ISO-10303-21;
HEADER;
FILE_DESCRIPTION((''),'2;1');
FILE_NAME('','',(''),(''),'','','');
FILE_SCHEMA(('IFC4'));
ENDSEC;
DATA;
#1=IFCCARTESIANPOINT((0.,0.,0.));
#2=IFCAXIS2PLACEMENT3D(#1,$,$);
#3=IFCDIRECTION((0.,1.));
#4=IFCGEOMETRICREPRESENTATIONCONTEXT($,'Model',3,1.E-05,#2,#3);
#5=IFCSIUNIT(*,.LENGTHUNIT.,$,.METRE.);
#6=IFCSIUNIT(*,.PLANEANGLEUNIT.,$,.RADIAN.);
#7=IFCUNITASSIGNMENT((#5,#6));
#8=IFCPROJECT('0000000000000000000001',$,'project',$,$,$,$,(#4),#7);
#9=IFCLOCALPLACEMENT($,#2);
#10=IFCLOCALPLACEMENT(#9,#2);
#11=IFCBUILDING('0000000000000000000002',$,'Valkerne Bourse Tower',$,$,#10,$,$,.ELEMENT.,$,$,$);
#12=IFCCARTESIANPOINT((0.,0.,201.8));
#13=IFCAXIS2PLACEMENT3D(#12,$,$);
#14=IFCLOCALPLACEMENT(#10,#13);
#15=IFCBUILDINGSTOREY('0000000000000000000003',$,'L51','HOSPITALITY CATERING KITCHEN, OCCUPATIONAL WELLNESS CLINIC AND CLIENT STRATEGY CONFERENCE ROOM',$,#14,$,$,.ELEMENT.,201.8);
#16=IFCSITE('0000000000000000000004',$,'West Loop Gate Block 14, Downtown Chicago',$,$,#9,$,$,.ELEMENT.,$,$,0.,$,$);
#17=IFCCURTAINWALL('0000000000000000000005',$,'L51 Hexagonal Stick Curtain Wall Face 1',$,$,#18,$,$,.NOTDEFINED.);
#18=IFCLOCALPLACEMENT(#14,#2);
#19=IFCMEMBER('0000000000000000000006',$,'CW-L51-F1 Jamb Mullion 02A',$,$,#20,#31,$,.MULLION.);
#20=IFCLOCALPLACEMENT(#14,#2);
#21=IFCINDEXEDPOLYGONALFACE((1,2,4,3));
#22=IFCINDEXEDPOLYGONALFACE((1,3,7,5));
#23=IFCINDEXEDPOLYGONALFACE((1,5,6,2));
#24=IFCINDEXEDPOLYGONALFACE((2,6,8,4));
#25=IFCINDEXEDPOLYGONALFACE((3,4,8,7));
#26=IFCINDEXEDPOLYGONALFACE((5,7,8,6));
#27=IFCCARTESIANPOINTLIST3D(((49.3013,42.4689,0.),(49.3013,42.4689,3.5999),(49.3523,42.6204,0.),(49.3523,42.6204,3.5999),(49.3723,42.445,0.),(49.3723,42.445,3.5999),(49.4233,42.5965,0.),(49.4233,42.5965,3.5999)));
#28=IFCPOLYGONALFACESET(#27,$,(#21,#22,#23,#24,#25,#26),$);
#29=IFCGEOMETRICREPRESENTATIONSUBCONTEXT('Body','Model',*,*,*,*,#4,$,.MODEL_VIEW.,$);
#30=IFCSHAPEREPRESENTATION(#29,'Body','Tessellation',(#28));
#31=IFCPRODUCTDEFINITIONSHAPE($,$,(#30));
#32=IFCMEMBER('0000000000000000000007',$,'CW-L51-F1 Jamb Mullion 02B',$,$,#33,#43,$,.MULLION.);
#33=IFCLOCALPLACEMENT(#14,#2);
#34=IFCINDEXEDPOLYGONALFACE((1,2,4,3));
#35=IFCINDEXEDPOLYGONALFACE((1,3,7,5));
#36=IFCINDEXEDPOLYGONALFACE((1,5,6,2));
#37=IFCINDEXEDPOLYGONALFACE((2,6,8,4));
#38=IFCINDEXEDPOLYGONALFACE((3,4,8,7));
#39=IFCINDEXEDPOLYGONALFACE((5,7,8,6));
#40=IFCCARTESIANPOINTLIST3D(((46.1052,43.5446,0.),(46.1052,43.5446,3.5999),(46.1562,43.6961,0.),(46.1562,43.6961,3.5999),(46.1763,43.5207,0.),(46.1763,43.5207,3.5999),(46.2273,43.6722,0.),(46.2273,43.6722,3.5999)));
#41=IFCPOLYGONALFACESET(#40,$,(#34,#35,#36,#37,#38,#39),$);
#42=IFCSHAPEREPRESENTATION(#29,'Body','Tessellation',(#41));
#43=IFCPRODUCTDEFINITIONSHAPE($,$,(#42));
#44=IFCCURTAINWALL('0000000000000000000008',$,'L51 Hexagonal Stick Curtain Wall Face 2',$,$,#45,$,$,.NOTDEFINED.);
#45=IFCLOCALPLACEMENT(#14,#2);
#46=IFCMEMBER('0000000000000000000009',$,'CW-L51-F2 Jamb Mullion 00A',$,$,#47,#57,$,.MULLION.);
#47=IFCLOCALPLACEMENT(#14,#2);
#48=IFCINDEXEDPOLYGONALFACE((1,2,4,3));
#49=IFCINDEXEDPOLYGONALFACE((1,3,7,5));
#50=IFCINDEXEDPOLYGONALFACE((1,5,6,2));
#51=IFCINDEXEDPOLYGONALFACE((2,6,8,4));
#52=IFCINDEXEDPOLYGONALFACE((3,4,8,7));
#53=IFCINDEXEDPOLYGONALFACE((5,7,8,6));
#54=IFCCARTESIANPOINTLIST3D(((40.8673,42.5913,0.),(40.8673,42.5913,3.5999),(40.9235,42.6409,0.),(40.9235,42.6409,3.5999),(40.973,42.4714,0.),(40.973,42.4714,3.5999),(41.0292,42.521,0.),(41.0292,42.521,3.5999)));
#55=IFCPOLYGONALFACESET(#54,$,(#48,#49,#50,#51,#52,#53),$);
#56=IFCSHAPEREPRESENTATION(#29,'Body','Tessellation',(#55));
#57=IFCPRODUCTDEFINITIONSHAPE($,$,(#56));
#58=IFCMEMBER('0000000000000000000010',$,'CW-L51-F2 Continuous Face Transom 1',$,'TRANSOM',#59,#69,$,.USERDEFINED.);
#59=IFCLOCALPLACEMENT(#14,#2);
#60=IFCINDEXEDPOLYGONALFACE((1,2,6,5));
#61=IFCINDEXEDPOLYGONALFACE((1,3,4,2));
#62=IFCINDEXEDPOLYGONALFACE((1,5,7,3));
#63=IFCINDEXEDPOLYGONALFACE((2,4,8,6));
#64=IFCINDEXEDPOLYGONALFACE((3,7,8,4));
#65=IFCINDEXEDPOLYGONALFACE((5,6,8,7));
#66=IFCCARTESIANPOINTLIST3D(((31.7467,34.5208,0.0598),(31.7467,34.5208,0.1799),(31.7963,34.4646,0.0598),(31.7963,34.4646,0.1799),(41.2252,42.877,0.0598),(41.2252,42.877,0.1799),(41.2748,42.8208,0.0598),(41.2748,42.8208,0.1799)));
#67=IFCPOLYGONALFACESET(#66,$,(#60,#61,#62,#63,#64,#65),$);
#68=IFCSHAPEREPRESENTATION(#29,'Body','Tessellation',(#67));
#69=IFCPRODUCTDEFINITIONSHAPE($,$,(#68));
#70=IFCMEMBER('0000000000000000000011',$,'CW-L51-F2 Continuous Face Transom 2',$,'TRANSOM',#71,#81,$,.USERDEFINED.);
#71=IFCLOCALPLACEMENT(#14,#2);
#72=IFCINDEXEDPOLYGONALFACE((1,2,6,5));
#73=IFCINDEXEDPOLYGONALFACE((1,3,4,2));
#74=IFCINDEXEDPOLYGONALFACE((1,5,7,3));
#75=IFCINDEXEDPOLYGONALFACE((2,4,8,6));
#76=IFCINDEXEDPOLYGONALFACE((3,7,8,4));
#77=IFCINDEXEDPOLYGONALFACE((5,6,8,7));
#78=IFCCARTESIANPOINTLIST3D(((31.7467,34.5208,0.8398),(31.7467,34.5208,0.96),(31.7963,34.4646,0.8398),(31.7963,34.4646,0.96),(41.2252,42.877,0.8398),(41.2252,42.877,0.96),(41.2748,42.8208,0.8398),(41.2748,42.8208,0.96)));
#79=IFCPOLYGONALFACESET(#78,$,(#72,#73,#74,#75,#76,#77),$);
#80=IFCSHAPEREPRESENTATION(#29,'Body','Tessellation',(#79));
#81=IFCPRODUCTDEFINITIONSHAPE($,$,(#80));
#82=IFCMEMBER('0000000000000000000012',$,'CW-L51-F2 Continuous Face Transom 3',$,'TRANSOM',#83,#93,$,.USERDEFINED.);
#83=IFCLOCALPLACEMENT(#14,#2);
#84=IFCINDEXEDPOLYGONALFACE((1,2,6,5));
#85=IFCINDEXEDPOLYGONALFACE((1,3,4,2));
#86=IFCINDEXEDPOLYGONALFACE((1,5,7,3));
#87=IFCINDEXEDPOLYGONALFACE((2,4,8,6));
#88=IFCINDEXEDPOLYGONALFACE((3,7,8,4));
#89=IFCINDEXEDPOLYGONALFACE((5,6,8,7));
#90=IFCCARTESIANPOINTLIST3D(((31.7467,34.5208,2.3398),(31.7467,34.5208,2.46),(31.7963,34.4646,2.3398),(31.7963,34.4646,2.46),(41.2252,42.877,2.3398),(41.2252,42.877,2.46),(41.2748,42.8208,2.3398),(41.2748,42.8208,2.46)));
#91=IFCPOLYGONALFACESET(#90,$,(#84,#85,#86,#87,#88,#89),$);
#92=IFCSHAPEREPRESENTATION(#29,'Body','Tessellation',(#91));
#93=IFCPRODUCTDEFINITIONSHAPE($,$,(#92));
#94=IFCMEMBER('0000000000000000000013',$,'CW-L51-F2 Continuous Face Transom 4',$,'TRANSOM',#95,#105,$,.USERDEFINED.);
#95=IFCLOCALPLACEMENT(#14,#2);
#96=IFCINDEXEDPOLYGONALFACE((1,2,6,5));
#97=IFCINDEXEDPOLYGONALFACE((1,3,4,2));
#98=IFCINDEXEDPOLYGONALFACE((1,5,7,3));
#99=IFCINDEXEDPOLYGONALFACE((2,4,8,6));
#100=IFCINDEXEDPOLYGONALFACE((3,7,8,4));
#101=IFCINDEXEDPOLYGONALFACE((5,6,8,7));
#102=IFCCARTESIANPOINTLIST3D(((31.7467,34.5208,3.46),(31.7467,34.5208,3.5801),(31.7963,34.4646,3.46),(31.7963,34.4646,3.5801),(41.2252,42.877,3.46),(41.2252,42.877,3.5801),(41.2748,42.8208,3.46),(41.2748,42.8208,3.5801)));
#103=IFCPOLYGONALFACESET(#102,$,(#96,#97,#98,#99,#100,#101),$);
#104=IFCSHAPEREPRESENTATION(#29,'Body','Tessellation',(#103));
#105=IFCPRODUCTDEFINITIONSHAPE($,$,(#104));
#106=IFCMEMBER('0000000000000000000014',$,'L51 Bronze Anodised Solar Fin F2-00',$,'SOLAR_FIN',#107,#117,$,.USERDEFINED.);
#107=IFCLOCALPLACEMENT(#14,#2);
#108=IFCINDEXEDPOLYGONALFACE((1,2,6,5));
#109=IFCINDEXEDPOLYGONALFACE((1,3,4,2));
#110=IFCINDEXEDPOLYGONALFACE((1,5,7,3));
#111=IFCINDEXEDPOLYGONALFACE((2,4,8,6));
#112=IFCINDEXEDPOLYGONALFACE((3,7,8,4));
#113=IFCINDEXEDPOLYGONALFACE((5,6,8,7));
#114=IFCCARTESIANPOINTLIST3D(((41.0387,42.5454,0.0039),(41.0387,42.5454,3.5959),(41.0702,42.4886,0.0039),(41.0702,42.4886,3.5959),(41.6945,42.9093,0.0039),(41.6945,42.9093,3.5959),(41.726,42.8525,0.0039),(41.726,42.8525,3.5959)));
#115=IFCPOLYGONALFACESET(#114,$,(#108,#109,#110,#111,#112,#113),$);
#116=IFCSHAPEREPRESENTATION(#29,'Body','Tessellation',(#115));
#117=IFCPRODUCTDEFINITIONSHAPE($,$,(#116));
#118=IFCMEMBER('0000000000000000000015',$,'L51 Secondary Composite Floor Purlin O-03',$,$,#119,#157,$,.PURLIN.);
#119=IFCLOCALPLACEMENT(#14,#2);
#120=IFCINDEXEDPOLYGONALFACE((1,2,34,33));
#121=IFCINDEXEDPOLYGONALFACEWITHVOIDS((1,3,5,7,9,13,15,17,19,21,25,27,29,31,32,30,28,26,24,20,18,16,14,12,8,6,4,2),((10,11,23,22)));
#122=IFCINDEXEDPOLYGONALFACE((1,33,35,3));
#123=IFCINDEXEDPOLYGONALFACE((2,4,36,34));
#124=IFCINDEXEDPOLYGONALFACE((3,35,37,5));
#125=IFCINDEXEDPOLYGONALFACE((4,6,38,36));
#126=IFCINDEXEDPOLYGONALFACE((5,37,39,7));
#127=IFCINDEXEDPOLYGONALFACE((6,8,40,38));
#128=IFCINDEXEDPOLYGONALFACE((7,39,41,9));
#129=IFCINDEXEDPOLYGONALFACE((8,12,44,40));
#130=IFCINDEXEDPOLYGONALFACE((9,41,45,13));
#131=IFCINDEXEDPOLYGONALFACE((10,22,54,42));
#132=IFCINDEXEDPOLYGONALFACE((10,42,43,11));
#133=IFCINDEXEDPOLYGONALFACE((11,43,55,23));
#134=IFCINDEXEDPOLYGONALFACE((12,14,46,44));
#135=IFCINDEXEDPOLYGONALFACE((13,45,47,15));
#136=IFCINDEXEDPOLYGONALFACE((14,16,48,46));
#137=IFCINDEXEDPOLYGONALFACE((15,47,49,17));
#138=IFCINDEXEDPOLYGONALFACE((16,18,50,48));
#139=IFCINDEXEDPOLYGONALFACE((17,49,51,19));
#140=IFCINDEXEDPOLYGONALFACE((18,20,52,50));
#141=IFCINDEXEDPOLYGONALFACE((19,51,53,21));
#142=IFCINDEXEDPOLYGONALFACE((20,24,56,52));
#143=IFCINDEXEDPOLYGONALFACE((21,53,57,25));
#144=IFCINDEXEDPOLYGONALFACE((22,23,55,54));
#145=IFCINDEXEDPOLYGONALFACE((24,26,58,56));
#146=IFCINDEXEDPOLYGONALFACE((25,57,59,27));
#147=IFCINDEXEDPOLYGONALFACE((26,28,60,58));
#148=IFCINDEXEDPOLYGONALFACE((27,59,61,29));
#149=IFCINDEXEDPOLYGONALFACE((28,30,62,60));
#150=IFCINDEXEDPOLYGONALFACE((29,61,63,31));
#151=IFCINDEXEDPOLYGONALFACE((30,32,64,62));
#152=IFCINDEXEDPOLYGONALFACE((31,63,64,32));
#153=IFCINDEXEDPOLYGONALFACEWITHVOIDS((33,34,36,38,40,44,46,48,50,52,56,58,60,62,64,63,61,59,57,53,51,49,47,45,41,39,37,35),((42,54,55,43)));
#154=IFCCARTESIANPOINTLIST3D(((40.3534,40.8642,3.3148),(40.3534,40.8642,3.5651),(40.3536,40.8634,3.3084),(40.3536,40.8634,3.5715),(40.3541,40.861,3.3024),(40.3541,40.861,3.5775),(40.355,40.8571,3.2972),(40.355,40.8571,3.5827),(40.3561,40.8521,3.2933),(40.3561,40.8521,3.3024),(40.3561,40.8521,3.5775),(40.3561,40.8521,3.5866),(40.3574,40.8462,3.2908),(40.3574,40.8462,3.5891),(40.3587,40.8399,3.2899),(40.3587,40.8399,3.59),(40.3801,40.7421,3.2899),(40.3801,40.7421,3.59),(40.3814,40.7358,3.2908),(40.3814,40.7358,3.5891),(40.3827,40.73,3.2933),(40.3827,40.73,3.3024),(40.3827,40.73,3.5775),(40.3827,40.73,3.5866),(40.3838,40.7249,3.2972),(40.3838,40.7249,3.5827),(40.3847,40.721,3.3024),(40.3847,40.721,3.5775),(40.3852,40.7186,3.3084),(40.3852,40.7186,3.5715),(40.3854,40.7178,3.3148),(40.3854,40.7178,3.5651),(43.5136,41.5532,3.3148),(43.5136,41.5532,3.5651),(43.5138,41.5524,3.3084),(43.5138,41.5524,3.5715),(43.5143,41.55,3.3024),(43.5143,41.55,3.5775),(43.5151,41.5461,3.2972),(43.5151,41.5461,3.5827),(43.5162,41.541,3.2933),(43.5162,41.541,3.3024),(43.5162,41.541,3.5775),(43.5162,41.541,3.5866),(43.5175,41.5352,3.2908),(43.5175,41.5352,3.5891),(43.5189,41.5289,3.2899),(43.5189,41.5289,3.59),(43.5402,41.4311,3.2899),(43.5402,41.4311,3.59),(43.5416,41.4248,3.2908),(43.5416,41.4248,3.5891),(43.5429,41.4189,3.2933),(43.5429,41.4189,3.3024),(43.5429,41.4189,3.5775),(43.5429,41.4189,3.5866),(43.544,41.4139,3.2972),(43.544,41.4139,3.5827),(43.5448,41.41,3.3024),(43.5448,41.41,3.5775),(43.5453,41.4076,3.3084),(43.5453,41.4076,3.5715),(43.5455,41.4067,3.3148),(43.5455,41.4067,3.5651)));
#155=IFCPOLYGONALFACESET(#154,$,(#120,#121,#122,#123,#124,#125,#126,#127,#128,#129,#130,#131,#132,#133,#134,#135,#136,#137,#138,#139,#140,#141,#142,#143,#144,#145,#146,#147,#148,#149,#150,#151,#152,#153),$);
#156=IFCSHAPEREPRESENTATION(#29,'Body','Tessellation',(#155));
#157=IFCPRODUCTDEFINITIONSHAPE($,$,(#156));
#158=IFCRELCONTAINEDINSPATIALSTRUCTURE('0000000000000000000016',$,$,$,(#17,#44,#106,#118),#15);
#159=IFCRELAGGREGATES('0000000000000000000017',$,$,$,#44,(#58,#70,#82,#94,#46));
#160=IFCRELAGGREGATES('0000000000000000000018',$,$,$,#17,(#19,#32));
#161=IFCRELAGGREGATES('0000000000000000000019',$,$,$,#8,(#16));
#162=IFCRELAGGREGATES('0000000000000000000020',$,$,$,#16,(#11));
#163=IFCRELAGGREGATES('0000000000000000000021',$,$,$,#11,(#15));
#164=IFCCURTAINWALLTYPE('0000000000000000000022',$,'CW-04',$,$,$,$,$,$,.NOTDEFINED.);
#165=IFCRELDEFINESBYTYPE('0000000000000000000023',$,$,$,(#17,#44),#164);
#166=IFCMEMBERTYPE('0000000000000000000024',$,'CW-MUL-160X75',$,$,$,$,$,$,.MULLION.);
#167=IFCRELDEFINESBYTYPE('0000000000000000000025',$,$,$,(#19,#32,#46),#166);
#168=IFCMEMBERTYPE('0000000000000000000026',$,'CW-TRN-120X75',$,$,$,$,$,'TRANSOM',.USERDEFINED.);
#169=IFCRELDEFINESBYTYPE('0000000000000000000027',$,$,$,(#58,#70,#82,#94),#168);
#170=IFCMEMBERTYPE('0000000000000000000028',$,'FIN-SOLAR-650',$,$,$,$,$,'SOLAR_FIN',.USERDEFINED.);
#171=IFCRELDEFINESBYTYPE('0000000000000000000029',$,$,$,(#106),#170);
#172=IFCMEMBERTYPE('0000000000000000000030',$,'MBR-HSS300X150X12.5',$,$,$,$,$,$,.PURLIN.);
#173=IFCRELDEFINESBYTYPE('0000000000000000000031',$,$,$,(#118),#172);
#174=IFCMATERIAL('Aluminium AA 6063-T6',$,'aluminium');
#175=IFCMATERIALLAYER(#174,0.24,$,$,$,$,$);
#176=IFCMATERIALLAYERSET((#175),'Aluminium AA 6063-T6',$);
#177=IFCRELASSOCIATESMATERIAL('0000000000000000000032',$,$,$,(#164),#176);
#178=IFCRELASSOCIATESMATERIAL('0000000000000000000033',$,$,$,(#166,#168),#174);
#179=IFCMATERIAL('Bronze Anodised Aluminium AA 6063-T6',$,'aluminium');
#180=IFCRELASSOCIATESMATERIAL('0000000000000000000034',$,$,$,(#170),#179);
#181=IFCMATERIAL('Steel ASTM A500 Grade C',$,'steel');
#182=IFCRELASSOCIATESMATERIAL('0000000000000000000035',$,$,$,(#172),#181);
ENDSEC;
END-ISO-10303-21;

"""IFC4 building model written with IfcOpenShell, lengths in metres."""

from ifc_helpers import new_model, si_unit, direction, frame, origin, origin_2d, place, context, subcontext, project, spatial, rectangle, hollow_rectangle, extrude, material, layer, layer_set, material_profile, profile_set, type_object, element, aggregate, save


model = new_model("IFC4")

# Units and contexts
model_context = context("Model", 3, precision=1e-05, world=origin(), true_north=direction((0.0, 1.0)))
body_context = subcontext(model_context, "Body", "Model", "MODEL_VIEW")
ifc_project = project(units=[si_unit("LENGTHUNIT", "METRE"), si_unit("PLANEANGLEUNIT", "RADIAN")], contexts=[model_context])

# Site, building, storey
site_placement = place(None, origin())
site = spatial("IfcSite", under=ifc_project, at=site_placement, Name="West Loop Gate Block 14, Downtown Chicago", CompositionType="ELEMENT", RefElevation=0.0)
building_placement = place(site_placement, origin())
building = spatial("IfcBuilding", under=site, at=building_placement, Name="Valkerne Bourse Tower", CompositionType="ELEMENT")
storey_placement = place(building_placement, frame((0.0, 0.0, 201.8)))
storey = spatial("IfcBuildingStorey", under=building, at=storey_placement, Name="L51", Description="HOSPITALITY CATERING KITCHEN, OCCUPATIONAL WELLNESS CLINIC AND CLIENT STRATEGY CONFERENCE ROOM", CompositionType="ELEMENT", Elevation=201.8)

# Curtain walls, members
ifc_material_1 = material(Name="Aluminium AA 6063-T6", Category="aluminium")
ifc_layer_1 = layer(ifc_material_1, 0.24)
ifc_layer_set_1 = layer_set([ifc_layer_1], Name="Aluminium AA 6063-T6")
curtain_wall_type = type_object("IfcCurtainWallType", Name="CW-04", PredefinedType="NOTDEFINED", material=ifc_layer_set_1)
curtain_wall_1_placement = place(storey_placement, origin())
curtain_wall_1 = element("IfcCurtainWall", 1, at=curtain_wall_1_placement, inside=storey, type_object=curtain_wall_type, Name="L51 Hexagonal Stick Curtain Wall Face 1", PredefinedType="NOTDEFINED")
ifc_material_profile_1 = material_profile(ifc_material_1, rectangle(XDim=0.075, YDim=0.1599, at=origin_2d()), Name="CWM-75X160")
ifc_profile_set_1 = profile_set([ifc_material_profile_1], Name="Aluminium AA 6063-T6")
member_type_1 = type_object("IfcMemberType", Name="CW-MUL-160X75", PredefinedType="MULLION", material=ifc_profile_set_1)
member_1_placement = place(storey_placement, frame((49.3623, 42.5327, 0.0), z_axis=(0.0, 0.0, 1.0), x_axis=(-0.947765, 0.318969, 0.0)))
member_1 = element("IfcMember", 2, at=member_1_placement, type_object=member_type_1, Name="CW-L51-F1 Jamb Mullion 02A", PredefinedType="MULLION", context=body_context, shape_type="SweptSolid", body=[
    extrude(rectangle(XDim=0.075, YDim=0.1599, at=origin_2d()), origin(), (0.0, 0.0, 1.0), 3.5999),
])
member_2_placement = place(storey_placement, frame((46.1663, 43.6084, 0.0), z_axis=(0.0, 0.0, 1.0), x_axis=(-0.947765, 0.318969, 0.0)))
member_2 = element("IfcMember", 3, at=member_2_placement, type_object=member_type_1, Name="CW-L51-F1 Jamb Mullion 02B", PredefinedType="MULLION", context=body_context, shape_type="SweptSolid", body=[
    extrude(rectangle(XDim=0.075, YDim=0.1599, at=origin_2d()), origin(), (0.0, 0.0, 1.0), 3.5999),
])
curtain_wall_2_placement = place(storey_placement, origin())
curtain_wall_2 = element("IfcCurtainWall", 4, at=curtain_wall_2_placement, inside=storey, type_object=curtain_wall_type, Name="L51 Hexagonal Stick Curtain Wall Face 2", PredefinedType="NOTDEFINED")
member_3_placement = place(storey_placement, frame((40.9482, 42.5562, 0.0), z_axis=(0.0, 0.0, 1.0), x_axis=(-0.75012, -0.661302, 0.0)))
member_3 = element("IfcMember", 5, at=member_3_placement, type_object=member_type_1, Name="CW-L51-F2 Jamb Mullion 00A", PredefinedType="MULLION", context=body_context, shape_type="SweptSolid", body=[
    extrude(rectangle(XDim=0.075, YDim=0.1599, at=origin_2d()), origin(), (0.0, 0.0, 1.0), 3.5999),
])
ifc_material_profile_2 = material_profile(ifc_material_1, rectangle(XDim=0.075, YDim=0.1201, at=origin_2d()), Name="CWT-75X120")
ifc_profile_set_2 = profile_set([ifc_material_profile_2], Name="Aluminium AA 6063-T6")
member_type_2 = type_object("IfcMemberType", Name="CW-TRN-120X75", ElementType="TRANSOM", PredefinedType="USERDEFINED", material=ifc_profile_set_2)
member_4_placement = place(storey_placement, frame((41.25, 42.8489, 0.1199), z_axis=(-0.75012, -0.661301, 0.0), x_axis=(0.661301, -0.75012, 0.0)))
member_4 = element("IfcMember", 6, at=member_4_placement, type_object=member_type_2, Name="CW-L51-F2 Continuous Face Transom 1", ObjectType="TRANSOM", PredefinedType="USERDEFINED", context=body_context, shape_type="SweptSolid", body=[
    extrude(rectangle(XDim=0.075, YDim=0.1201, at=origin_2d()), origin(), (0.0, 0.0, 1.0), 12.636),
])
member_5_placement = place(storey_placement, frame((41.25, 42.8489, 0.8999), z_axis=(-0.75012, -0.661301, 0.0), x_axis=(0.661301, -0.75012, 0.0)))
member_5 = element("IfcMember", 7, at=member_5_placement, type_object=member_type_2, Name="CW-L51-F2 Continuous Face Transom 2", ObjectType="TRANSOM", PredefinedType="USERDEFINED", context=body_context, shape_type="SweptSolid", body=[
    extrude(rectangle(XDim=0.075, YDim=0.1201, at=origin_2d()), origin(), (0.0, 0.0, 1.0), 12.636),
])
member_6_placement = place(storey_placement, frame((41.25, 42.8489, 2.3999), z_axis=(-0.75012, -0.661301, 0.0), x_axis=(0.661301, -0.75012, 0.0)))
member_6 = element("IfcMember", 8, at=member_6_placement, type_object=member_type_2, Name="CW-L51-F2 Continuous Face Transom 3", ObjectType="TRANSOM", PredefinedType="USERDEFINED", context=body_context, shape_type="SweptSolid", body=[
    extrude(rectangle(XDim=0.075, YDim=0.1201, at=origin_2d()), origin(), (0.0, 0.0, 1.0), 12.636),
])
member_7_placement = place(storey_placement, frame((41.25, 42.8489, 3.52), z_axis=(-0.75012, -0.661301, 0.0), x_axis=(0.661301, -0.75012, 0.0)))
member_7 = element("IfcMember", 9, at=member_7_placement, type_object=member_type_2, Name="CW-L51-F2 Continuous Face Transom 4", ObjectType="TRANSOM", PredefinedType="USERDEFINED", context=body_context, shape_type="SweptSolid", body=[
    extrude(rectangle(XDim=0.075, YDim=0.1201, at=origin_2d()), origin(), (0.0, 0.0, 1.0), 12.636),
])
aggregate(curtain_wall_2, [member_4, member_5, member_6, member_7, member_3])

# Members
ifc_material_2 = material(Name="Bronze Anodised Aluminium AA 6063-T6", Category="aluminium")
ifc_material_profile_3 = material_profile(ifc_material_2, rectangle(XDim=0.0649, YDim=0.75, at=origin_2d()), Name="FIN-65X750")
ifc_profile_set_3 = profile_set([ifc_material_profile_3], Name="Bronze Anodised Aluminium AA 6063-T6")
member_type_3 = type_object("IfcMemberType", Name="FIN-SOLAR-650", ElementType="SOLAR_FIN", PredefinedType="USERDEFINED", material=ifc_profile_set_3)
member_8_placement = place(storey_placement, frame((41.3823, 42.699, 0.0039), z_axis=(0.0, 0.0, 1.0), x_axis=(-0.485213, 0.874396, 0.0)))
element("IfcMember", 10, at=member_8_placement, inside=storey, type_object=member_type_3, Name="L51 Bronze Anodised Solar Fin F2-00", ObjectType="SOLAR_FIN", PredefinedType="USERDEFINED", context=body_context, shape_type="SweptSolid", body=[
    extrude(rectangle(XDim=0.0649, YDim=0.75, at=origin_2d()), origin(), (0.0, 0.0, 1.0), 3.592),
])
ifc_material_3 = material(Name="Steel ASTM A500 Grade C", Category="steel")
ifc_material_profile_4 = material_profile(ifc_material_3, hollow_rectangle(XDim=0.1499, YDim=0.3, WallThickness=0.0125, OuterFilletRadius=0.0249, at=origin_2d()), Name="HSS300X150X12.5")
ifc_profile_set_4 = profile_set([ifc_material_profile_4], Name="Steel ASTM A500 Grade C")
member_type_4 = type_object("IfcMemberType", Name="MBR-HSS300X150X12.5", PredefinedType="PURLIN", material=ifc_profile_set_4)
member_9_placement = place(storey_placement, frame((43.5295, 41.48, 3.4399), z_axis=(-0.977049, -0.213012, 0.0), x_axis=(0.213012, -0.977049, 0.0)))
element("IfcMember", 11, at=member_9_placement, inside=storey, type_object=member_type_4, Name="L51 Secondary Composite Floor Purlin O-03", PredefinedType="PURLIN", context=body_context, shape_type="SweptSolid", body=[
    extrude(hollow_rectangle(XDim=0.1499, YDim=0.3, WallThickness=0.0125, OuterFilletRadius=0.0249, at=origin_2d()), origin(), (0.0, 0.0, 1.0), 3.2344),
])

aggregate(curtain_wall_1, [member_1, member_2])

save(model, "model.ifc")
